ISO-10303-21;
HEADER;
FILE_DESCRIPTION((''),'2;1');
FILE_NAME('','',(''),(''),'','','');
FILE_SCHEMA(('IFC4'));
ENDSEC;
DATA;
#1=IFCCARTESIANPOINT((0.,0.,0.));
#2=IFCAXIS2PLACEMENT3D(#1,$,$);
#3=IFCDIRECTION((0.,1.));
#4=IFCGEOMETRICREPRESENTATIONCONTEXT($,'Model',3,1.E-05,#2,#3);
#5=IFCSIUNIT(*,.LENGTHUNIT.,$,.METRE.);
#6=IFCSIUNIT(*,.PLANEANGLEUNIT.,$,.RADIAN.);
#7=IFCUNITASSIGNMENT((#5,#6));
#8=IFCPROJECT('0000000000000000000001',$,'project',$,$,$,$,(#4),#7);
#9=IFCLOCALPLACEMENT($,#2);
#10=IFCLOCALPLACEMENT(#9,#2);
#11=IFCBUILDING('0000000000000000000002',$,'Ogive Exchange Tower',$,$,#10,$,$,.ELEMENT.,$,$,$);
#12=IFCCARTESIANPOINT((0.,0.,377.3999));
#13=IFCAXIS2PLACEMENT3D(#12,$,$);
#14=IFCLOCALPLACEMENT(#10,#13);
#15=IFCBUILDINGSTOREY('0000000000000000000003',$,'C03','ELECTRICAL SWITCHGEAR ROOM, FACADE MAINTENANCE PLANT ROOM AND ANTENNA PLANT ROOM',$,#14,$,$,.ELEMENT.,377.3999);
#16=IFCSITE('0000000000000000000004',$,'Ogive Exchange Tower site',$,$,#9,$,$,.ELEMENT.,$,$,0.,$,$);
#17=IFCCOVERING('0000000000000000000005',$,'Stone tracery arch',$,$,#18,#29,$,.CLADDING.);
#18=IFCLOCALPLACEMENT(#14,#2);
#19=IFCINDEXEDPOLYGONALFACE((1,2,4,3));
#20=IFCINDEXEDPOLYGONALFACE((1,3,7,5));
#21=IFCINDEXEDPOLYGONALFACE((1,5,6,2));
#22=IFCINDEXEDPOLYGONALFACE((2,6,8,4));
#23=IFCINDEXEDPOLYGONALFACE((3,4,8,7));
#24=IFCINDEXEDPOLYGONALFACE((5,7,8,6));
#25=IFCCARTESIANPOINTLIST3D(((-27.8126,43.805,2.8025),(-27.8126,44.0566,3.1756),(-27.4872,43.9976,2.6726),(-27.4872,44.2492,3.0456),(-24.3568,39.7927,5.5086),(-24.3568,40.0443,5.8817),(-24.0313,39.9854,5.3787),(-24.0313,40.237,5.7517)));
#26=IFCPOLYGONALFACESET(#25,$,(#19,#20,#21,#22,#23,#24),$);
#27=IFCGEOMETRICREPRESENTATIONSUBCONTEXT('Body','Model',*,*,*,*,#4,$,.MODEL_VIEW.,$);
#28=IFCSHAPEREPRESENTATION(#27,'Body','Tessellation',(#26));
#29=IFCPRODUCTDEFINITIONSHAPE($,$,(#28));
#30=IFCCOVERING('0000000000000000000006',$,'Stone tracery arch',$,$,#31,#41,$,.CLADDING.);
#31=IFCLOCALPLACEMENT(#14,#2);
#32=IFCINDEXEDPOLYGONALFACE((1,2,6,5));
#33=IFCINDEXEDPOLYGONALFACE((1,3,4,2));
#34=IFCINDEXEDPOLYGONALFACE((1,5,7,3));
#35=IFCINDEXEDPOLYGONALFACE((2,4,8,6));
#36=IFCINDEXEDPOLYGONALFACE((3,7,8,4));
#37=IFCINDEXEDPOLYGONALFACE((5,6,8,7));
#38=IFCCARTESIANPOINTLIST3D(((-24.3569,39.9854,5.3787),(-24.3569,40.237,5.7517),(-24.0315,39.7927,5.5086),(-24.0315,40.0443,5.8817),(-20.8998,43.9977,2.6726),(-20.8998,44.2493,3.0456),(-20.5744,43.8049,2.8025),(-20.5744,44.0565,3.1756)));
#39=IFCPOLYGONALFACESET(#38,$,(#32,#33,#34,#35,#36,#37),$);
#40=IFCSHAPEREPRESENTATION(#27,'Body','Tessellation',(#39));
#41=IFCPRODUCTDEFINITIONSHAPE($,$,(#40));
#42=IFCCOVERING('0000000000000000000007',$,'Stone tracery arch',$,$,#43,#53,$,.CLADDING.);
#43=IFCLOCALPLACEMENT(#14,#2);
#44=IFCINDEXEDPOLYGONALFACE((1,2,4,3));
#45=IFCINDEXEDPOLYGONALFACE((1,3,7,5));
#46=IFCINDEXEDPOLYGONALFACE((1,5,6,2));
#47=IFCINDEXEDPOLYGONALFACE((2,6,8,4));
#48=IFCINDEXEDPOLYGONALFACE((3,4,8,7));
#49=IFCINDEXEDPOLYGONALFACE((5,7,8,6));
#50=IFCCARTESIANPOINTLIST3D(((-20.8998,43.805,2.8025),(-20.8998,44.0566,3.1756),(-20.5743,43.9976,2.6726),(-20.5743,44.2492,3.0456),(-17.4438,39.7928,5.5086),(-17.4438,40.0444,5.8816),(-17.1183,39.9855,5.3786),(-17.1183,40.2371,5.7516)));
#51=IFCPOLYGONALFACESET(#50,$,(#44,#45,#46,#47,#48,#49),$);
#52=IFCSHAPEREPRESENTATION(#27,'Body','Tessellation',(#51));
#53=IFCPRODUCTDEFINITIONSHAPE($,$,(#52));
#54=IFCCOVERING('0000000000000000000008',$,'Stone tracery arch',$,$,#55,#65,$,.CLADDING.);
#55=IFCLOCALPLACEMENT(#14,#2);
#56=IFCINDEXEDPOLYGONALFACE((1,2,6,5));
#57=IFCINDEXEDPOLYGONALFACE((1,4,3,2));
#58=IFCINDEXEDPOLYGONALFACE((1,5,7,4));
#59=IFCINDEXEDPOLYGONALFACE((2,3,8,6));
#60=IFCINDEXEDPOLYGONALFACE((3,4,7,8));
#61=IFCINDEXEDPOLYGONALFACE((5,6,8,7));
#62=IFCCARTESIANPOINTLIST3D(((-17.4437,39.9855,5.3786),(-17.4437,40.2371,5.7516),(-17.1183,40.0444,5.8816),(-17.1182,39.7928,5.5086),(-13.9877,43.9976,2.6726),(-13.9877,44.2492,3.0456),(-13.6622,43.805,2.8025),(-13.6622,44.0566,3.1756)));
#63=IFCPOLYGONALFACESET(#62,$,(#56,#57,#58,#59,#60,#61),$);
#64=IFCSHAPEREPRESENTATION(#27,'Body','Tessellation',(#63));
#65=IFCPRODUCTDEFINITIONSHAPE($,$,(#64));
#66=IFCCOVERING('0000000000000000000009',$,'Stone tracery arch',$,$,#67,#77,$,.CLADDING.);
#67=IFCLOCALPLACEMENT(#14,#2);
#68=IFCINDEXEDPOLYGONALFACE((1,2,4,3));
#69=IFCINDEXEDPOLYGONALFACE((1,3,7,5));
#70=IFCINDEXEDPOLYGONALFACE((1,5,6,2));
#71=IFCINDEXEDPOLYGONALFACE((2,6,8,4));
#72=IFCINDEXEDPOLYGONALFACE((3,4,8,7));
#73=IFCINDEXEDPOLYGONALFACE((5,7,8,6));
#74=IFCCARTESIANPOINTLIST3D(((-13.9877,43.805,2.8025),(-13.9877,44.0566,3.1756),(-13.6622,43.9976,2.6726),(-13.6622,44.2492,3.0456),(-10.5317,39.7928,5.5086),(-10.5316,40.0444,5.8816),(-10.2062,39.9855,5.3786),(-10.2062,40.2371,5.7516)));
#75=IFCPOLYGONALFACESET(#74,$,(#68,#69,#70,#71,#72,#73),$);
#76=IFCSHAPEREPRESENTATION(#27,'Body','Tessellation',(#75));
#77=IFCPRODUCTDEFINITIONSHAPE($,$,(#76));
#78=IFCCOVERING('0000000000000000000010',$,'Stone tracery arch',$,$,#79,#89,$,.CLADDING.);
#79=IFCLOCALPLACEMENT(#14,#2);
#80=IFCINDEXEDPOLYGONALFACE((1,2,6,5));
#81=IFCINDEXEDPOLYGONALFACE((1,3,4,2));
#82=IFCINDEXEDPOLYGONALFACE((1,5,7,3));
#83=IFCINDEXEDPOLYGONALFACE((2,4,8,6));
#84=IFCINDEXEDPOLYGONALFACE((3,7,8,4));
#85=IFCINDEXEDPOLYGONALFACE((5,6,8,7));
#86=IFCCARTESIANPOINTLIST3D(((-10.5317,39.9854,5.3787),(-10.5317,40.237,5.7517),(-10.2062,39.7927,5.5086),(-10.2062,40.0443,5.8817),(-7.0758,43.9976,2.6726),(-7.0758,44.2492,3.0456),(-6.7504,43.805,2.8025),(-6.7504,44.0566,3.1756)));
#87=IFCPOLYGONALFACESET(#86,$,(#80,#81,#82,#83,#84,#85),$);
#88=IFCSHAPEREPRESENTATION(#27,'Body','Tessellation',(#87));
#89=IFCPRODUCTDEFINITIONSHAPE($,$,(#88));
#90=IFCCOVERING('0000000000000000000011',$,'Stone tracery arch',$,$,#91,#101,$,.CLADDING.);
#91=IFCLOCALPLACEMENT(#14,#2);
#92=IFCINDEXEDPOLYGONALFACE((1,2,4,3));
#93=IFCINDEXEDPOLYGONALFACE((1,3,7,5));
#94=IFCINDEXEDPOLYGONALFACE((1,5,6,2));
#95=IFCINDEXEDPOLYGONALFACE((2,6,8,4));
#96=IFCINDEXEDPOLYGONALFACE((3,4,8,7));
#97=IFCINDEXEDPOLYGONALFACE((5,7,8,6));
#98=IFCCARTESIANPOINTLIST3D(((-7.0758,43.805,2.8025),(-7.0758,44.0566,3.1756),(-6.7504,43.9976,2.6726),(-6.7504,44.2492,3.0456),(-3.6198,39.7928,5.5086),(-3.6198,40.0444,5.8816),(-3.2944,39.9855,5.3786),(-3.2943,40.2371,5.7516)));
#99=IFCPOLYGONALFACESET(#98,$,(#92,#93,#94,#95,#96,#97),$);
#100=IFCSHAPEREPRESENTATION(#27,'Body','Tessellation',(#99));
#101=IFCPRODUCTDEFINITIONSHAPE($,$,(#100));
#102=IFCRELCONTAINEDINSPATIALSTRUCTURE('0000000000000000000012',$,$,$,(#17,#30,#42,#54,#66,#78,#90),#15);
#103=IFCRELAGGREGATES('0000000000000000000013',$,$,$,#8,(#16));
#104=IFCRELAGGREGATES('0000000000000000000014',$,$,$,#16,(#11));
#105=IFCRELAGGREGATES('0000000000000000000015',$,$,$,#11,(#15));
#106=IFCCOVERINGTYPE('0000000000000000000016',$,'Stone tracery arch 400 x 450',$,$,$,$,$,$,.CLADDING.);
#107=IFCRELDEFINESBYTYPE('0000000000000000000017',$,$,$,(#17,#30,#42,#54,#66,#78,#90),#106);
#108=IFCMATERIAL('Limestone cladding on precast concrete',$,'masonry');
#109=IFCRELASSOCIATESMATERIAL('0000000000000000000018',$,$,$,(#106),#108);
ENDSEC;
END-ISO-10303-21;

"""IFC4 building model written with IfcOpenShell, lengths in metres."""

from ifc_helpers import new_model, si_unit, direction, frame, origin, origin_2d, place, context, subcontext, project, spatial, rectangle, extrude, material, material_profile, profile_set, type_object, element, save


model = new_model("IFC4")

# Units and contexts
model_context = context("Model", 3, precision=1e-05, world=origin(), true_north=direction((0.0, 1.0)))
body_context = subcontext(model_context, "Body", "Model", "MODEL_VIEW")
ifc_project = project(units=[si_unit("LENGTHUNIT", "METRE"), si_unit("PLANEANGLEUNIT", "RADIAN")], contexts=[model_context])

# Site, building, storey
site_placement = place(None, origin())
site = spatial("IfcSite", under=ifc_project, at=site_placement, Name="Ogive Exchange Tower site", CompositionType="ELEMENT", RefElevation=0.0)
building_placement = place(site_placement, origin())
building = spatial("IfcBuilding", under=site, at=building_placement, Name="Ogive Exchange Tower", CompositionType="ELEMENT")
storey_placement = place(building_placement, frame((0.0, 0.0, 377.3999)))
storey = spatial("IfcBuildingStorey", under=building, at=storey_placement, Name="C03", Description="ELECTRICAL SWITCHGEAR ROOM, FACADE MAINTENANCE PLANT ROOM AND ANTENNA PLANT ROOM", CompositionType="ELEMENT", Elevation=377.3999)

# Coverings
ifc_material_1 = material(Name="Limestone cladding on precast concrete", Category="masonry")
ifc_material_profile_1 = material_profile(ifc_material_1, rectangle(XDim=0.3999, YDim=0.45, at=origin_2d()), Name="TRACERY 400 x 450")
ifc_profile_set_1 = profile_set([ifc_material_profile_1], Name="Limestone cladding on precast concrete")
covering_type_1 = type_object("IfcCoveringType", Name="Stone tracery arch 400 x 450", PredefinedType="CLADDING", material=ifc_profile_set_1)
covering_1_placement = place(storey_placement, frame((-27.6499, 44.0271, 2.9241), z_axis=(0.581131, -0.674695, 0.455052), x_axis=(0.81381, 0.481748, -0.325011)))
element("IfcCovering", 1, at=covering_1_placement, inside=storey, type_object=covering_type_1, Name="Stone tracery arch", PredefinedType="CLADDING", context=body_context, shape_type="SweptSolid", body=[
    extrude(rectangle(XDim=0.3999, YDim=0.45, at=origin_2d()), origin(), (0.0, 0.0, 1.0), 5.9468),
])
covering_2_placement = place(storey_placement, frame((-20.7371, 44.0271, 2.9241), z_axis=(-0.581267, -0.674615, 0.454998), x_axis=(0.813713, -0.481905, 0.325021)))
element("IfcCovering", 2, at=covering_2_placement, inside=storey, type_object=covering_type_1, Name="Stone tracery arch", PredefinedType="CLADDING", context=body_context, shape_type="SweptSolid", body=[
    extrude(rectangle(XDim=0.3999, YDim=0.45, at=origin_2d()), origin(), (0.0, 0.0, 1.0), 5.9475),
])
for number, where, z_axis, x_axis, name in (
    (3, (-20.7371, 44.0271, 2.9241), (0.581159, -0.674679, 0.455041), (0.81379, 0.481799, -0.324984), "Stone tracery arch"),
    (4, (-13.825, 44.0271, 2.9241), (-0.581159, -0.674679, 0.455041), (0.81379, -0.481799, 0.324984), "Stone tracery arch"),
    (5, (-13.825, 44.0271, 2.9241), (0.581159, -0.674679, 0.455041), (0.81379, 0.481799, -0.324984), "Stone tracery arch"),
    (6, (-6.9131, 44.0271, 2.9241), (-0.581131, -0.674695, 0.455052), (0.81381, -0.481768, 0.324982), "Stone tracery arch"),
    (7, (-6.9131, 44.0271, 2.9241), (0.581159, -0.674679, 0.455041), (0.81379, 0.48178, -0.325013), "Stone tracery arch"),
):
    element("IfcCovering", number, at=place(storey_placement, frame(where, z_axis=z_axis, x_axis=x_axis)), inside=storey, type_object=covering_type_1, Name=name, PredefinedType="CLADDING", context=body_context, shape_type="SweptSolid", body=[
        extrude(rectangle(XDim=0.3999, YDim=0.45, at=origin_2d()), origin(), (0.0, 0.0, 1.0), 5.9468),
    ])

save(model, "model.ifc")
